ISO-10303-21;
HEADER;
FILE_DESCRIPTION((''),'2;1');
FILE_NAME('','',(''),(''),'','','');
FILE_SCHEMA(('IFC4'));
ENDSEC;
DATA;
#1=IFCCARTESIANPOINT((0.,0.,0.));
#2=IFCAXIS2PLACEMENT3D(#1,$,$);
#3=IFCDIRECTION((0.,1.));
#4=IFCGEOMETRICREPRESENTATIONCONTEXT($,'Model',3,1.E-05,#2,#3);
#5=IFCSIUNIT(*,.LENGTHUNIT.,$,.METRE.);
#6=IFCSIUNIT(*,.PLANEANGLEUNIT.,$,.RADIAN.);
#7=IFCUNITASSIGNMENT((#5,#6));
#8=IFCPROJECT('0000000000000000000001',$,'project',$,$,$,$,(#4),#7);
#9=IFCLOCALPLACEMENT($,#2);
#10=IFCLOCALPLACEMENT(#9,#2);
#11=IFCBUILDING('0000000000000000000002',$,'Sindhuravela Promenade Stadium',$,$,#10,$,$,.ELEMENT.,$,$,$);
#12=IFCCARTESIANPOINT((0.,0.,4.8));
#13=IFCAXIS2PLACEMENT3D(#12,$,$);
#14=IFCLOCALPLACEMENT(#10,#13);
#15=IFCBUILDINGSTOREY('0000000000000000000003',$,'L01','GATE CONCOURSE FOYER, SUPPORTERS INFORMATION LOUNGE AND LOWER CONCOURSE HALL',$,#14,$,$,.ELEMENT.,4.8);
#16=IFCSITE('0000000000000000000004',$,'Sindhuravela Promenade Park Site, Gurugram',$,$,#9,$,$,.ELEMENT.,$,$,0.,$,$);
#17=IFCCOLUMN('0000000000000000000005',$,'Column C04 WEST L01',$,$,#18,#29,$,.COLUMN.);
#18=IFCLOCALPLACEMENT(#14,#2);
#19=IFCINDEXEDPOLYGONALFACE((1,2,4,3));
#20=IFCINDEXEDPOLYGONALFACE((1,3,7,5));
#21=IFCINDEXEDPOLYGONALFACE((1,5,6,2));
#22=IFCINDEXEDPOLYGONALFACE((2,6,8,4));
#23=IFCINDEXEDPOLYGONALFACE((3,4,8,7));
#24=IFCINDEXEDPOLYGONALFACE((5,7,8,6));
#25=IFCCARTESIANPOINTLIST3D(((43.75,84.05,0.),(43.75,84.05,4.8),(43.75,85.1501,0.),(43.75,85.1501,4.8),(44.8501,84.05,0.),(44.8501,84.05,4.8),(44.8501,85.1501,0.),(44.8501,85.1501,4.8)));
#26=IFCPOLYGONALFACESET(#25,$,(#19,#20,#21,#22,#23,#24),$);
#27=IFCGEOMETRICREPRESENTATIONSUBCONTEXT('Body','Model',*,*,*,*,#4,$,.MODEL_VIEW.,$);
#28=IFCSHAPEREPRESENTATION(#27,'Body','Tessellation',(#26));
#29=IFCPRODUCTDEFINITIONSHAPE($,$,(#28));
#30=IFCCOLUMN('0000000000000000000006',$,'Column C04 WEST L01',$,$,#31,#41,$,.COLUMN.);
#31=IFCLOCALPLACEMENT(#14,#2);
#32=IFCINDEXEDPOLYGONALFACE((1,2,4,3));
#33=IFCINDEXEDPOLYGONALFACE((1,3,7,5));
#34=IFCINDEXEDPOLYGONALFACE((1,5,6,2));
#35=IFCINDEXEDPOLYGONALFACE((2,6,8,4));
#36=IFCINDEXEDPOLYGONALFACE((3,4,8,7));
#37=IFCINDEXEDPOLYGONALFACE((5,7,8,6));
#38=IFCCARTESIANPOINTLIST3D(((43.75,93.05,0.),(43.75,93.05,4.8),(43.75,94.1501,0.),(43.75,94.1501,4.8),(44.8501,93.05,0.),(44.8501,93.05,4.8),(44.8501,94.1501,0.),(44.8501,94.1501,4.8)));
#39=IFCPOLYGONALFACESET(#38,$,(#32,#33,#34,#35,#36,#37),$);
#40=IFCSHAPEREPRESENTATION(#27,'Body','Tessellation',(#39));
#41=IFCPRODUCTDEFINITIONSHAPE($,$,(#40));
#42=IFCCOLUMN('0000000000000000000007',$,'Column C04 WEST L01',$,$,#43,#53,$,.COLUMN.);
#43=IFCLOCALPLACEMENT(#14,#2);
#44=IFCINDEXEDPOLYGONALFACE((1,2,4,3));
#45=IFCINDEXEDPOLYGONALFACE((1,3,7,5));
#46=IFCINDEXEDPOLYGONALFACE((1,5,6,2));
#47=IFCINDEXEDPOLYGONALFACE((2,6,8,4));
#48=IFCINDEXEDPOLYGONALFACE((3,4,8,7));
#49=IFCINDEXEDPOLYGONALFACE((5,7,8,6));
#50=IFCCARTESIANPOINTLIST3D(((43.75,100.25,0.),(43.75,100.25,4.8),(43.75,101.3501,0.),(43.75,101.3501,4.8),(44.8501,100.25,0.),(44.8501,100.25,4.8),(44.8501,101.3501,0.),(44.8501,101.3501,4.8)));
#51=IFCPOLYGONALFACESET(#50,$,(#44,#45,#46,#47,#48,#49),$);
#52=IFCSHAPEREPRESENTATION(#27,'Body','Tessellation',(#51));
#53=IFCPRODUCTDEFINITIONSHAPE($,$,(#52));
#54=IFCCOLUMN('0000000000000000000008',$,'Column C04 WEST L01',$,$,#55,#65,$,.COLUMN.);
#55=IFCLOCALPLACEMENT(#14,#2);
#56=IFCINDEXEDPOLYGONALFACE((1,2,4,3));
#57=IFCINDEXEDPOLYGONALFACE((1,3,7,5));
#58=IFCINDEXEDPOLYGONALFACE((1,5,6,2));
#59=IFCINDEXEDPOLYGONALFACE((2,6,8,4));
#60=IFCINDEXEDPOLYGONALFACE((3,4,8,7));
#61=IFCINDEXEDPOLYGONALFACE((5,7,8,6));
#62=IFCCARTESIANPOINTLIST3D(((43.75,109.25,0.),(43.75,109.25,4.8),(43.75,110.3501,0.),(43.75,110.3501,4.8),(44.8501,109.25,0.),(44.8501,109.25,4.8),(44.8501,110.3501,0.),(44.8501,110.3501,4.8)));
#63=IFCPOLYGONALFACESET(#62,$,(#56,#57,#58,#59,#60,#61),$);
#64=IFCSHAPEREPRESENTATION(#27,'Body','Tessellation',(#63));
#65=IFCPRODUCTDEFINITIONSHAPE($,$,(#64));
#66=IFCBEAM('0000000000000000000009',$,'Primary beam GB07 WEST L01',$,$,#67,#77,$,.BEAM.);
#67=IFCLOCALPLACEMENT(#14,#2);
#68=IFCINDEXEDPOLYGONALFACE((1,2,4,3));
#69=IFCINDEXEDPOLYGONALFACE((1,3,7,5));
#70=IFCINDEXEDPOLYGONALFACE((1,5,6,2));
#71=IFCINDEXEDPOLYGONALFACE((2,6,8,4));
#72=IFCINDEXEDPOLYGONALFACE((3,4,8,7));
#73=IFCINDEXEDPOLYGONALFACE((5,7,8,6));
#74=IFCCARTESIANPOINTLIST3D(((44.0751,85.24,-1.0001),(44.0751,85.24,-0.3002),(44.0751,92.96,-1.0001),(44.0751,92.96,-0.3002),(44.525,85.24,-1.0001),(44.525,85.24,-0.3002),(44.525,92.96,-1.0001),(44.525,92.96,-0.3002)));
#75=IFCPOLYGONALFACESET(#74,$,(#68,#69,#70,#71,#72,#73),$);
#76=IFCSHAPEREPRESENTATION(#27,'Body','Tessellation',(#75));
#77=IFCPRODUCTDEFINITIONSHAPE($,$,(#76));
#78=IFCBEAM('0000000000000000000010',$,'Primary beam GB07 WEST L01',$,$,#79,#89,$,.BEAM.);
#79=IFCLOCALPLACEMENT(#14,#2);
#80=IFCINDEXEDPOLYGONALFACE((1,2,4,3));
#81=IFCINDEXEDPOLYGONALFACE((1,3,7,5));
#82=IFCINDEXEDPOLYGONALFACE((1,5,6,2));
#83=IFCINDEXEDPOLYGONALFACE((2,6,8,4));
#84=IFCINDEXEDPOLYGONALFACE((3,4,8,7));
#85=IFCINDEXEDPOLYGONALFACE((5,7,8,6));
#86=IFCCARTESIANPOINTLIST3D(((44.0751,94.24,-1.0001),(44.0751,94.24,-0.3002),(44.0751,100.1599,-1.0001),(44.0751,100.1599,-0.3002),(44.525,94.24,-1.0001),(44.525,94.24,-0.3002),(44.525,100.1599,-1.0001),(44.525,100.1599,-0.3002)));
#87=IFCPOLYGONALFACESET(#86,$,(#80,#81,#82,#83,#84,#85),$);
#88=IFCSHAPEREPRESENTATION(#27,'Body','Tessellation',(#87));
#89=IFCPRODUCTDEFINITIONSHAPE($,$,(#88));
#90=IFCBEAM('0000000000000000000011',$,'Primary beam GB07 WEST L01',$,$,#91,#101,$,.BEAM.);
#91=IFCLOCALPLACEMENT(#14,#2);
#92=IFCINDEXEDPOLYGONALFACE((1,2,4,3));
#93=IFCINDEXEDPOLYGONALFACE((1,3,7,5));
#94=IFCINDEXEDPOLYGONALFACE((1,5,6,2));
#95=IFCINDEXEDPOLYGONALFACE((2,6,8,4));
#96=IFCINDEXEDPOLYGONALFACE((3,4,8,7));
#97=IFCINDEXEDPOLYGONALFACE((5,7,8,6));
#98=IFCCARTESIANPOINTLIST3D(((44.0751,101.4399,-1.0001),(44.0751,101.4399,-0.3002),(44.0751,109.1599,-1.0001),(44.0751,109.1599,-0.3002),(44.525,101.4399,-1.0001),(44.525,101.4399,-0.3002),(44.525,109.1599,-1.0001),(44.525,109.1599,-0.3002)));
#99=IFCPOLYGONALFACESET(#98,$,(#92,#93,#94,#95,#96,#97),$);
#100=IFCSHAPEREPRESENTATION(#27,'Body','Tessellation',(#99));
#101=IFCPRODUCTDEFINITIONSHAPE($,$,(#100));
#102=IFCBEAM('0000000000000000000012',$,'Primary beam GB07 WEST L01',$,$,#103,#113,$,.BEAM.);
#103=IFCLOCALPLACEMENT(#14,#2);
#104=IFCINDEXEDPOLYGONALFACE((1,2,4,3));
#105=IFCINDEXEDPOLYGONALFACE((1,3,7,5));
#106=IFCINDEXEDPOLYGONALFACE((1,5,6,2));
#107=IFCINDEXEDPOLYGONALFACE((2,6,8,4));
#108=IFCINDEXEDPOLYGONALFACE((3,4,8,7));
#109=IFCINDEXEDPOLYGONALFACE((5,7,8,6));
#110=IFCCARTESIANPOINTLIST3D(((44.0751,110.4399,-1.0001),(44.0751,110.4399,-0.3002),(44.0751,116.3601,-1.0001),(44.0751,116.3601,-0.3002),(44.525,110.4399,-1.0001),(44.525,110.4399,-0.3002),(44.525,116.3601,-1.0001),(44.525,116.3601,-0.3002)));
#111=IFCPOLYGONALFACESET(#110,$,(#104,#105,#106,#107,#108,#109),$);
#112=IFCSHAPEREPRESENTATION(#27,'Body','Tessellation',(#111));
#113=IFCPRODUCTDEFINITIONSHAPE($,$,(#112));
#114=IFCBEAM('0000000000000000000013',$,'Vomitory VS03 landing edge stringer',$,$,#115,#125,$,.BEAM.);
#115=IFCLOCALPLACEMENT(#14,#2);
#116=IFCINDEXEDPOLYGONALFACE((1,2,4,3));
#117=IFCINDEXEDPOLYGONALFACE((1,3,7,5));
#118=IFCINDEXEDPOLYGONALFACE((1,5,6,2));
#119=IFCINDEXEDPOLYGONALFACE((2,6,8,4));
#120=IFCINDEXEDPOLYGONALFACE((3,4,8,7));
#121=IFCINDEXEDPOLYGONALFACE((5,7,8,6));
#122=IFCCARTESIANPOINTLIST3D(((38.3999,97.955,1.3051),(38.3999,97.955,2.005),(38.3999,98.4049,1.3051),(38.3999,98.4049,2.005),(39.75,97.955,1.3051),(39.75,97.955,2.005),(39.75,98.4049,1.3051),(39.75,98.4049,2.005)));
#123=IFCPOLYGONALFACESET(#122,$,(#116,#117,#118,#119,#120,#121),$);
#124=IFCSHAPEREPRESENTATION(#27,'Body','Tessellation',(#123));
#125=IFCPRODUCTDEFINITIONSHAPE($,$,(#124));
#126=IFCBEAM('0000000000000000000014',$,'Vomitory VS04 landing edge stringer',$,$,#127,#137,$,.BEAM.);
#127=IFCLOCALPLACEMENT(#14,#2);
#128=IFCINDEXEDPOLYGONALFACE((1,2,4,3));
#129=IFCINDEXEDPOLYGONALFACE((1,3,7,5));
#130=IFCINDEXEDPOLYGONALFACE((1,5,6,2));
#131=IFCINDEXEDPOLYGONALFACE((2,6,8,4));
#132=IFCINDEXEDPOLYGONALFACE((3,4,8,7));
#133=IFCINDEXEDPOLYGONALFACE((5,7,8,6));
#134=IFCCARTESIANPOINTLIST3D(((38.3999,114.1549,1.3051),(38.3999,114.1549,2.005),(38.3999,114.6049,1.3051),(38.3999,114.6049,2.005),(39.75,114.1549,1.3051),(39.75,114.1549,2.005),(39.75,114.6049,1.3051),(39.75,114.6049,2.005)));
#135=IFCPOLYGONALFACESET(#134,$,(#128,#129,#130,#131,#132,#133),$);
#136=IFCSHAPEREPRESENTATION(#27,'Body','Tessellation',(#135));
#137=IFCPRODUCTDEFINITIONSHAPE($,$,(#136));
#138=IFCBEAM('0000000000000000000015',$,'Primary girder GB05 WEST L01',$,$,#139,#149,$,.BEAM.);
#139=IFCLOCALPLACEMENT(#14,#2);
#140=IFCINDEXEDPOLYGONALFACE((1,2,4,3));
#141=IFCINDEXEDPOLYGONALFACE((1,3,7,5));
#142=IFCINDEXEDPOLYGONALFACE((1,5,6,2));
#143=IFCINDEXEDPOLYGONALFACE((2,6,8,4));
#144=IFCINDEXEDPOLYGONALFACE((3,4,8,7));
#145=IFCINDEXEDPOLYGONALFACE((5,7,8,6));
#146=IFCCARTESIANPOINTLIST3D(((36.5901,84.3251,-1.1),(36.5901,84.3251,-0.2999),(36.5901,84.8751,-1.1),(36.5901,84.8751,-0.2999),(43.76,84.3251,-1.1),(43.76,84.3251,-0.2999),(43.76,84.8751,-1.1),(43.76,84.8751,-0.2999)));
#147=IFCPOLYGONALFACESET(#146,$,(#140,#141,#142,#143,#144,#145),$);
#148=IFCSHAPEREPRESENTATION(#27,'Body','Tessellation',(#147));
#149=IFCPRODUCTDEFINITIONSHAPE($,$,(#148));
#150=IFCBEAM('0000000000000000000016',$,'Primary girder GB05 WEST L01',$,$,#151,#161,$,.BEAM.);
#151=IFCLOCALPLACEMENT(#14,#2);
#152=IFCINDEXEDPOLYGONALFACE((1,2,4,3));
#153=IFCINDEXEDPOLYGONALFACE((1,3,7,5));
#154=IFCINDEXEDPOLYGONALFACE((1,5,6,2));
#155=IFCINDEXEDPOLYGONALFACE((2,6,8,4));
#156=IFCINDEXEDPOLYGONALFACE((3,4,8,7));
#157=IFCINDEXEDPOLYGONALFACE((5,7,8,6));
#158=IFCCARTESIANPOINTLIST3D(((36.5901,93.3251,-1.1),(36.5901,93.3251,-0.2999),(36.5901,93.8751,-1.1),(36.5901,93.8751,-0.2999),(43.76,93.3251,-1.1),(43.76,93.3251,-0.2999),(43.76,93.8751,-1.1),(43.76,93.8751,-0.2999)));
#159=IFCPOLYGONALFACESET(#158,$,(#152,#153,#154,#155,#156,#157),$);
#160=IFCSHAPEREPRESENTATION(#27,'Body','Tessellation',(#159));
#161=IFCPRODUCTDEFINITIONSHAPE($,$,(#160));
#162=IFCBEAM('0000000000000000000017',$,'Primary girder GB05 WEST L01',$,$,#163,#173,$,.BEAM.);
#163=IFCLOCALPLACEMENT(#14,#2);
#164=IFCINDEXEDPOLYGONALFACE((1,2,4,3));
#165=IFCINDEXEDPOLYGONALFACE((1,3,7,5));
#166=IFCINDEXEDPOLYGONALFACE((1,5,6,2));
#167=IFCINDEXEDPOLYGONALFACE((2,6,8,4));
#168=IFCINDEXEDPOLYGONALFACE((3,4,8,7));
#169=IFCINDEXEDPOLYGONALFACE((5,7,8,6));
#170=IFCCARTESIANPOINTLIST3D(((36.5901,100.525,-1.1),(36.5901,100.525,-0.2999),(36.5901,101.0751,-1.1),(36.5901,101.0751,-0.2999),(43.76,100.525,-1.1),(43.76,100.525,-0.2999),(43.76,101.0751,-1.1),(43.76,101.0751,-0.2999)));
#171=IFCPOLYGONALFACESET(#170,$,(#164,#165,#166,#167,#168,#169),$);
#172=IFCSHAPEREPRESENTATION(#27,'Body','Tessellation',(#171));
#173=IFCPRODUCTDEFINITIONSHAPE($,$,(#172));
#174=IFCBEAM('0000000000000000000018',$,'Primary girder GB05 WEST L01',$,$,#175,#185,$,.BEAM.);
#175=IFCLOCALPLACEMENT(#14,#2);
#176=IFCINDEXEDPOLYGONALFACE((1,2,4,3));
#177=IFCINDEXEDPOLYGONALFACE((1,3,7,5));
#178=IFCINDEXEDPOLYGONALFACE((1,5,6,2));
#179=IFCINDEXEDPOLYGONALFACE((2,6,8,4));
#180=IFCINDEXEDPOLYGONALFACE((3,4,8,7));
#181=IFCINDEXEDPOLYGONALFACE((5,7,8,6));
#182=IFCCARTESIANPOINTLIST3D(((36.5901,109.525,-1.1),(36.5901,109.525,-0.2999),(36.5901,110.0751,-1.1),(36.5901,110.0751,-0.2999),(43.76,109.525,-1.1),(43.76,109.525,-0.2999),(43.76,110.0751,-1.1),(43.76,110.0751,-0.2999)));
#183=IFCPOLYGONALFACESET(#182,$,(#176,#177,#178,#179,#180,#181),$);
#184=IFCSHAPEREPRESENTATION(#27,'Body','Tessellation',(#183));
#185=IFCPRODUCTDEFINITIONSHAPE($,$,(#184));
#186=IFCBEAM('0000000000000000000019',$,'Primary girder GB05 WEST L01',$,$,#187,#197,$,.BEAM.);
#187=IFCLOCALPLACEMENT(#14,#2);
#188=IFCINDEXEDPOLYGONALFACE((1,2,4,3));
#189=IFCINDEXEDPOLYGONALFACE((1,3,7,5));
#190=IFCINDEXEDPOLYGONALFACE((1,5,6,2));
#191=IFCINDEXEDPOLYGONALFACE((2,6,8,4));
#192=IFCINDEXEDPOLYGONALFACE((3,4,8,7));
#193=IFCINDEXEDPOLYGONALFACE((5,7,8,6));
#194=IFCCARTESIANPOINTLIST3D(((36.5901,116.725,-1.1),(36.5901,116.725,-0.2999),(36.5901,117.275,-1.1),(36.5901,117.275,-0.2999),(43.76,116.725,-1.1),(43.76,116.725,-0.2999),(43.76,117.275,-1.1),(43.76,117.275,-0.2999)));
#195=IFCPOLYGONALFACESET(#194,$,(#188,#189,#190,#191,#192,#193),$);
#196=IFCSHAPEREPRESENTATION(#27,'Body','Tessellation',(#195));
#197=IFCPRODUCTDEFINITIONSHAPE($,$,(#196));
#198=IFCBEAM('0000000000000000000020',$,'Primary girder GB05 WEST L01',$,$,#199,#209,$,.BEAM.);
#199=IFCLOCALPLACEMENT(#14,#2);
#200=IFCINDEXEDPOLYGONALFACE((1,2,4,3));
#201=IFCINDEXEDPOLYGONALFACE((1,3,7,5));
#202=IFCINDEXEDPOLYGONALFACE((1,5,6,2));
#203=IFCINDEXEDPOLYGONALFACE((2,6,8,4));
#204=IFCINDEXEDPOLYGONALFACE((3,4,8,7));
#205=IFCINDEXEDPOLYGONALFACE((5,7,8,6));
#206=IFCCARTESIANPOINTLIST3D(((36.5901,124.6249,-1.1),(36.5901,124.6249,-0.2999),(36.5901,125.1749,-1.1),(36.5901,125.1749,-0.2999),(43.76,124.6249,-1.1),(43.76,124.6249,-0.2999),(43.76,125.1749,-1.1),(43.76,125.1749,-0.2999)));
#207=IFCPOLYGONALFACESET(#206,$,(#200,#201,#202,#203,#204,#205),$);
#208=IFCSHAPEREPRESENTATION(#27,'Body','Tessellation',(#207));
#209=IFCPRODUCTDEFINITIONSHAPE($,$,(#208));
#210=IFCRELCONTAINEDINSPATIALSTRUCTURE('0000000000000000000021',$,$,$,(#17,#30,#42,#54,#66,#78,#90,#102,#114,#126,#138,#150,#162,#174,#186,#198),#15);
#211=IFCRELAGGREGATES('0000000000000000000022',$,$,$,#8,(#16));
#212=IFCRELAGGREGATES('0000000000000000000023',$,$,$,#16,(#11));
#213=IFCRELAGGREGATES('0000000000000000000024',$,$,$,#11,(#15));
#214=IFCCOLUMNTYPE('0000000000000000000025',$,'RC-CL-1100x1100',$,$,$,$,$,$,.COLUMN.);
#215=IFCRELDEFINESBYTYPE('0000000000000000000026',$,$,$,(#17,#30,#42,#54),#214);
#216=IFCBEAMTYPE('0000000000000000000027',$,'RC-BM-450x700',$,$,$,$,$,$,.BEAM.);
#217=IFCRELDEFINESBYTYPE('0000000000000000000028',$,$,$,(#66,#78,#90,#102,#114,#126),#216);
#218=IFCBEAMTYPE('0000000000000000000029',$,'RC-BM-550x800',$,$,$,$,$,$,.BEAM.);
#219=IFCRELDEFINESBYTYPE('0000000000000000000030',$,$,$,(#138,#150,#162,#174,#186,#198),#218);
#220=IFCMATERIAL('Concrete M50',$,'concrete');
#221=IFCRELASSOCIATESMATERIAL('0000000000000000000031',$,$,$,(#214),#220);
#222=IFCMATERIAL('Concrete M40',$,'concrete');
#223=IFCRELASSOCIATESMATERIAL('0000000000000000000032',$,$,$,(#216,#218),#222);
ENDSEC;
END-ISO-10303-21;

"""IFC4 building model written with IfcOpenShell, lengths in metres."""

from ifc_helpers import new_model, si_unit, direction, frame, origin, origin_2d, place, context, subcontext, project, spatial, rectangle, extrude, material, material_profile, profile_set, type_object, element, save


model = new_model("IFC4")

# Units and contexts
model_context = context("Model", 3, precision=1e-05, world=origin(), true_north=direction((0.0, 1.0)))
body_context = subcontext(model_context, "Body", "Model", "MODEL_VIEW")
ifc_project = project(units=[si_unit("LENGTHUNIT", "METRE"), si_unit("PLANEANGLEUNIT", "RADIAN")], contexts=[model_context])

# Site, building, storey
site_placement = place(None, origin())
site = spatial("IfcSite", under=ifc_project, at=site_placement, Name="Sindhuravela Promenade Park Site, Gurugram", CompositionType="ELEMENT", RefElevation=0.0)
building_placement = place(site_placement, origin())
building = spatial("IfcBuilding", under=site, at=building_placement, Name="Sindhuravela Promenade Stadium", CompositionType="ELEMENT")
storey_placement = place(building_placement, frame((0.0, 0.0, 4.8)))
storey = spatial("IfcBuildingStorey", under=building, at=storey_placement, Name="L01", Description="GATE CONCOURSE FOYER, SUPPORTERS INFORMATION LOUNGE AND LOWER CONCOURSE HALL", CompositionType="ELEMENT", Elevation=4.8)

# Columns
ifc_material_1 = material(Name="Concrete M50", Category="concrete")
ifc_material_profile_1 = material_profile(ifc_material_1, rectangle(XDim=1.1001, YDim=1.1001, at=origin_2d()), Name="RC 1100x1100")
ifc_profile_set_1 = profile_set([ifc_material_profile_1], Name="Concrete M50")
column_type = type_object("IfcColumnType", Name="RC-CL-1100x1100", PredefinedType="COLUMN", material=ifc_profile_set_1)
for number, where, z_axis, x_axis, name in (
    (1, (44.3, 84.6001, 0.0), (0.0, 0.0, 1.0), (1.0, 0.0, 0.0), "Column C04 WEST L01"),
    (2, (44.3, 93.6001, 0.0), (0.0, 0.0, 1.0), (1.0, 0.0, 0.0), "Column C04 WEST L01"),
    (3, (44.3, 100.8, 0.0), (0.0, 0.0, 1.0), (1.0, 0.0, 0.0), "Column C04 WEST L01"),
    (4, (44.3, 109.8, 0.0), (0.0, 0.0, 1.0), (1.0, 0.0, 0.0), "Column C04 WEST L01"),
):
    element("IfcColumn", number, at=place(storey_placement, frame(where, z_axis=z_axis, x_axis=x_axis)), inside=storey, type_object=column_type, Name=name, PredefinedType="COLUMN", context=body_context, shape_type="SweptSolid", body=[
        extrude(rectangle(XDim=1.1001, YDim=1.1001, at=origin_2d()), origin(), (0.0, 0.0, 1.0), 4.8),
    ])

# Beams
ifc_material_2 = material(Name="Concrete M40", Category="concrete")
ifc_material_profile_2 = material_profile(ifc_material_2, rectangle(XDim=0.45, YDim=0.7, at=origin_2d()), Name="RC 450x700")
ifc_profile_set_2 = profile_set([ifc_material_profile_2], Name="Concrete M40")
beam_type_1 = type_object("IfcBeamType", Name="RC-BM-450x700", PredefinedType="BEAM", material=ifc_profile_set_2)
beam_1_placement = place(storey_placement, frame((44.3, 85.24, -0.6501), z_axis=(0.0, 1.0, 0.0), x_axis=(-1.0, 0.0, 0.0)))
element("IfcBeam", 5, at=beam_1_placement, inside=storey, type_object=beam_type_1, Name="Primary beam GB07 WEST L01", PredefinedType="BEAM", context=body_context, shape_type="SweptSolid", body=[
    extrude(rectangle(XDim=0.45, YDim=0.7, at=origin_2d()), origin(), (0.0, 0.0, 1.0), 7.72),
])
beam_2_placement = place(storey_placement, frame((44.3, 94.24, -0.6501), z_axis=(0.0, 1.0, 0.0), x_axis=(-1.0, 0.0, 0.0)))
element("IfcBeam", 6, at=beam_2_placement, inside=storey, type_object=beam_type_1, Name="Primary beam GB07 WEST L01", PredefinedType="BEAM", context=body_context, shape_type="SweptSolid", body=[
    extrude(rectangle(XDim=0.45, YDim=0.7, at=origin_2d()), origin(), (0.0, 0.0, 1.0), 5.9199),
])
beam_3_placement = place(storey_placement, frame((44.3, 101.4399, -0.6501), z_axis=(0.0, 1.0, 0.0), x_axis=(-1.0, 0.0, 0.0)))
element("IfcBeam", 7, at=beam_3_placement, inside=storey, type_object=beam_type_1, Name="Primary beam GB07 WEST L01", PredefinedType="BEAM", context=body_context, shape_type="SweptSolid", body=[
    extrude(rectangle(XDim=0.45, YDim=0.7, at=origin_2d()), origin(), (0.0, 0.0, 1.0), 7.72),
])
beam_4_placement = place(storey_placement, frame((44.3, 110.4399, -0.6501), z_axis=(0.0, 1.0, 0.0), x_axis=(-1.0, 0.0, 0.0)))
element("IfcBeam", 8, at=beam_4_placement, inside=storey, type_object=beam_type_1, Name="Primary beam GB07 WEST L01", PredefinedType="BEAM", context=body_context, shape_type="SweptSolid", body=[
    extrude(rectangle(XDim=0.45, YDim=0.7, at=origin_2d()), origin(), (0.0, 0.0, 1.0), 5.9202),
])
for number, where, z_axis, x_axis, name in (
    (9, (39.75, 98.1799, 1.655), (-1.0, 0.0, 0.0), (0.0, -1.0, 0.0), "Vomitory VS03 landing edge stringer"),
    (10, (39.75, 114.3799, 1.655), (-1.0, 0.0, 0.0), (0.0, -1.0, 0.0), "Vomitory VS04 landing edge stringer"),
):
    element("IfcBeam", number, at=place(storey_placement, frame(where, z_axis=z_axis, x_axis=x_axis)), inside=storey, type_object=beam_type_1, Name=name, PredefinedType="BEAM", context=body_context, shape_type="SweptSolid", body=[
        extrude(rectangle(XDim=0.45, YDim=0.7, at=origin_2d()), origin(), (0.0, 0.0, 1.0), 1.3501),
    ])
ifc_material_profile_3 = material_profile(ifc_material_2, rectangle(XDim=0.55, YDim=0.8, at=origin_2d()), Name="RC 550x800")
ifc_profile_set_3 = profile_set([ifc_material_profile_3], Name="Concrete M40")
beam_type_2 = type_object("IfcBeamType", Name="RC-BM-550x800", PredefinedType="BEAM", material=ifc_profile_set_3)
for number, where, z_axis, x_axis, name in (
    (11, (36.5901, 84.6001, -0.7), (1.0, 0.0, 0.0), (0.0, 1.0, 0.0), "Primary girder GB05 WEST L01"),
    (12, (36.5901, 93.6001, -0.7), (1.0, 0.0, 0.0), (0.0, 1.0, 0.0), "Primary girder GB05 WEST L01"),
    (13, (36.5901, 100.8, -0.7), (1.0, 0.0, 0.0), (0.0, 1.0, 0.0), "Primary girder GB05 WEST L01"),
    (14, (36.5901, 109.8, -0.7), (1.0, 0.0, 0.0), (0.0, 1.0, 0.0), "Primary girder GB05 WEST L01"),
    (15, (36.5901, 117.0, -0.7), (1.0, 0.0, 0.0), (0.0, 1.0, 0.0), "Primary girder GB05 WEST L01"),
    (16, (36.5901, 124.8999, -0.7), (1.0, 0.0, 0.0), (0.0, 1.0, 0.0), "Primary girder GB05 WEST L01"),
):
    element("IfcBeam", number, at=place(storey_placement, frame(where, z_axis=z_axis, x_axis=x_axis)), inside=storey, type_object=beam_type_2, Name=name, PredefinedType="BEAM", context=body_context, shape_type="SweptSolid", body=[
        extrude(rectangle(XDim=0.55, YDim=0.8, at=origin_2d()), origin(), (0.0, 0.0, 1.0), 7.1699),
    ])

save(model, "model.ifc")
